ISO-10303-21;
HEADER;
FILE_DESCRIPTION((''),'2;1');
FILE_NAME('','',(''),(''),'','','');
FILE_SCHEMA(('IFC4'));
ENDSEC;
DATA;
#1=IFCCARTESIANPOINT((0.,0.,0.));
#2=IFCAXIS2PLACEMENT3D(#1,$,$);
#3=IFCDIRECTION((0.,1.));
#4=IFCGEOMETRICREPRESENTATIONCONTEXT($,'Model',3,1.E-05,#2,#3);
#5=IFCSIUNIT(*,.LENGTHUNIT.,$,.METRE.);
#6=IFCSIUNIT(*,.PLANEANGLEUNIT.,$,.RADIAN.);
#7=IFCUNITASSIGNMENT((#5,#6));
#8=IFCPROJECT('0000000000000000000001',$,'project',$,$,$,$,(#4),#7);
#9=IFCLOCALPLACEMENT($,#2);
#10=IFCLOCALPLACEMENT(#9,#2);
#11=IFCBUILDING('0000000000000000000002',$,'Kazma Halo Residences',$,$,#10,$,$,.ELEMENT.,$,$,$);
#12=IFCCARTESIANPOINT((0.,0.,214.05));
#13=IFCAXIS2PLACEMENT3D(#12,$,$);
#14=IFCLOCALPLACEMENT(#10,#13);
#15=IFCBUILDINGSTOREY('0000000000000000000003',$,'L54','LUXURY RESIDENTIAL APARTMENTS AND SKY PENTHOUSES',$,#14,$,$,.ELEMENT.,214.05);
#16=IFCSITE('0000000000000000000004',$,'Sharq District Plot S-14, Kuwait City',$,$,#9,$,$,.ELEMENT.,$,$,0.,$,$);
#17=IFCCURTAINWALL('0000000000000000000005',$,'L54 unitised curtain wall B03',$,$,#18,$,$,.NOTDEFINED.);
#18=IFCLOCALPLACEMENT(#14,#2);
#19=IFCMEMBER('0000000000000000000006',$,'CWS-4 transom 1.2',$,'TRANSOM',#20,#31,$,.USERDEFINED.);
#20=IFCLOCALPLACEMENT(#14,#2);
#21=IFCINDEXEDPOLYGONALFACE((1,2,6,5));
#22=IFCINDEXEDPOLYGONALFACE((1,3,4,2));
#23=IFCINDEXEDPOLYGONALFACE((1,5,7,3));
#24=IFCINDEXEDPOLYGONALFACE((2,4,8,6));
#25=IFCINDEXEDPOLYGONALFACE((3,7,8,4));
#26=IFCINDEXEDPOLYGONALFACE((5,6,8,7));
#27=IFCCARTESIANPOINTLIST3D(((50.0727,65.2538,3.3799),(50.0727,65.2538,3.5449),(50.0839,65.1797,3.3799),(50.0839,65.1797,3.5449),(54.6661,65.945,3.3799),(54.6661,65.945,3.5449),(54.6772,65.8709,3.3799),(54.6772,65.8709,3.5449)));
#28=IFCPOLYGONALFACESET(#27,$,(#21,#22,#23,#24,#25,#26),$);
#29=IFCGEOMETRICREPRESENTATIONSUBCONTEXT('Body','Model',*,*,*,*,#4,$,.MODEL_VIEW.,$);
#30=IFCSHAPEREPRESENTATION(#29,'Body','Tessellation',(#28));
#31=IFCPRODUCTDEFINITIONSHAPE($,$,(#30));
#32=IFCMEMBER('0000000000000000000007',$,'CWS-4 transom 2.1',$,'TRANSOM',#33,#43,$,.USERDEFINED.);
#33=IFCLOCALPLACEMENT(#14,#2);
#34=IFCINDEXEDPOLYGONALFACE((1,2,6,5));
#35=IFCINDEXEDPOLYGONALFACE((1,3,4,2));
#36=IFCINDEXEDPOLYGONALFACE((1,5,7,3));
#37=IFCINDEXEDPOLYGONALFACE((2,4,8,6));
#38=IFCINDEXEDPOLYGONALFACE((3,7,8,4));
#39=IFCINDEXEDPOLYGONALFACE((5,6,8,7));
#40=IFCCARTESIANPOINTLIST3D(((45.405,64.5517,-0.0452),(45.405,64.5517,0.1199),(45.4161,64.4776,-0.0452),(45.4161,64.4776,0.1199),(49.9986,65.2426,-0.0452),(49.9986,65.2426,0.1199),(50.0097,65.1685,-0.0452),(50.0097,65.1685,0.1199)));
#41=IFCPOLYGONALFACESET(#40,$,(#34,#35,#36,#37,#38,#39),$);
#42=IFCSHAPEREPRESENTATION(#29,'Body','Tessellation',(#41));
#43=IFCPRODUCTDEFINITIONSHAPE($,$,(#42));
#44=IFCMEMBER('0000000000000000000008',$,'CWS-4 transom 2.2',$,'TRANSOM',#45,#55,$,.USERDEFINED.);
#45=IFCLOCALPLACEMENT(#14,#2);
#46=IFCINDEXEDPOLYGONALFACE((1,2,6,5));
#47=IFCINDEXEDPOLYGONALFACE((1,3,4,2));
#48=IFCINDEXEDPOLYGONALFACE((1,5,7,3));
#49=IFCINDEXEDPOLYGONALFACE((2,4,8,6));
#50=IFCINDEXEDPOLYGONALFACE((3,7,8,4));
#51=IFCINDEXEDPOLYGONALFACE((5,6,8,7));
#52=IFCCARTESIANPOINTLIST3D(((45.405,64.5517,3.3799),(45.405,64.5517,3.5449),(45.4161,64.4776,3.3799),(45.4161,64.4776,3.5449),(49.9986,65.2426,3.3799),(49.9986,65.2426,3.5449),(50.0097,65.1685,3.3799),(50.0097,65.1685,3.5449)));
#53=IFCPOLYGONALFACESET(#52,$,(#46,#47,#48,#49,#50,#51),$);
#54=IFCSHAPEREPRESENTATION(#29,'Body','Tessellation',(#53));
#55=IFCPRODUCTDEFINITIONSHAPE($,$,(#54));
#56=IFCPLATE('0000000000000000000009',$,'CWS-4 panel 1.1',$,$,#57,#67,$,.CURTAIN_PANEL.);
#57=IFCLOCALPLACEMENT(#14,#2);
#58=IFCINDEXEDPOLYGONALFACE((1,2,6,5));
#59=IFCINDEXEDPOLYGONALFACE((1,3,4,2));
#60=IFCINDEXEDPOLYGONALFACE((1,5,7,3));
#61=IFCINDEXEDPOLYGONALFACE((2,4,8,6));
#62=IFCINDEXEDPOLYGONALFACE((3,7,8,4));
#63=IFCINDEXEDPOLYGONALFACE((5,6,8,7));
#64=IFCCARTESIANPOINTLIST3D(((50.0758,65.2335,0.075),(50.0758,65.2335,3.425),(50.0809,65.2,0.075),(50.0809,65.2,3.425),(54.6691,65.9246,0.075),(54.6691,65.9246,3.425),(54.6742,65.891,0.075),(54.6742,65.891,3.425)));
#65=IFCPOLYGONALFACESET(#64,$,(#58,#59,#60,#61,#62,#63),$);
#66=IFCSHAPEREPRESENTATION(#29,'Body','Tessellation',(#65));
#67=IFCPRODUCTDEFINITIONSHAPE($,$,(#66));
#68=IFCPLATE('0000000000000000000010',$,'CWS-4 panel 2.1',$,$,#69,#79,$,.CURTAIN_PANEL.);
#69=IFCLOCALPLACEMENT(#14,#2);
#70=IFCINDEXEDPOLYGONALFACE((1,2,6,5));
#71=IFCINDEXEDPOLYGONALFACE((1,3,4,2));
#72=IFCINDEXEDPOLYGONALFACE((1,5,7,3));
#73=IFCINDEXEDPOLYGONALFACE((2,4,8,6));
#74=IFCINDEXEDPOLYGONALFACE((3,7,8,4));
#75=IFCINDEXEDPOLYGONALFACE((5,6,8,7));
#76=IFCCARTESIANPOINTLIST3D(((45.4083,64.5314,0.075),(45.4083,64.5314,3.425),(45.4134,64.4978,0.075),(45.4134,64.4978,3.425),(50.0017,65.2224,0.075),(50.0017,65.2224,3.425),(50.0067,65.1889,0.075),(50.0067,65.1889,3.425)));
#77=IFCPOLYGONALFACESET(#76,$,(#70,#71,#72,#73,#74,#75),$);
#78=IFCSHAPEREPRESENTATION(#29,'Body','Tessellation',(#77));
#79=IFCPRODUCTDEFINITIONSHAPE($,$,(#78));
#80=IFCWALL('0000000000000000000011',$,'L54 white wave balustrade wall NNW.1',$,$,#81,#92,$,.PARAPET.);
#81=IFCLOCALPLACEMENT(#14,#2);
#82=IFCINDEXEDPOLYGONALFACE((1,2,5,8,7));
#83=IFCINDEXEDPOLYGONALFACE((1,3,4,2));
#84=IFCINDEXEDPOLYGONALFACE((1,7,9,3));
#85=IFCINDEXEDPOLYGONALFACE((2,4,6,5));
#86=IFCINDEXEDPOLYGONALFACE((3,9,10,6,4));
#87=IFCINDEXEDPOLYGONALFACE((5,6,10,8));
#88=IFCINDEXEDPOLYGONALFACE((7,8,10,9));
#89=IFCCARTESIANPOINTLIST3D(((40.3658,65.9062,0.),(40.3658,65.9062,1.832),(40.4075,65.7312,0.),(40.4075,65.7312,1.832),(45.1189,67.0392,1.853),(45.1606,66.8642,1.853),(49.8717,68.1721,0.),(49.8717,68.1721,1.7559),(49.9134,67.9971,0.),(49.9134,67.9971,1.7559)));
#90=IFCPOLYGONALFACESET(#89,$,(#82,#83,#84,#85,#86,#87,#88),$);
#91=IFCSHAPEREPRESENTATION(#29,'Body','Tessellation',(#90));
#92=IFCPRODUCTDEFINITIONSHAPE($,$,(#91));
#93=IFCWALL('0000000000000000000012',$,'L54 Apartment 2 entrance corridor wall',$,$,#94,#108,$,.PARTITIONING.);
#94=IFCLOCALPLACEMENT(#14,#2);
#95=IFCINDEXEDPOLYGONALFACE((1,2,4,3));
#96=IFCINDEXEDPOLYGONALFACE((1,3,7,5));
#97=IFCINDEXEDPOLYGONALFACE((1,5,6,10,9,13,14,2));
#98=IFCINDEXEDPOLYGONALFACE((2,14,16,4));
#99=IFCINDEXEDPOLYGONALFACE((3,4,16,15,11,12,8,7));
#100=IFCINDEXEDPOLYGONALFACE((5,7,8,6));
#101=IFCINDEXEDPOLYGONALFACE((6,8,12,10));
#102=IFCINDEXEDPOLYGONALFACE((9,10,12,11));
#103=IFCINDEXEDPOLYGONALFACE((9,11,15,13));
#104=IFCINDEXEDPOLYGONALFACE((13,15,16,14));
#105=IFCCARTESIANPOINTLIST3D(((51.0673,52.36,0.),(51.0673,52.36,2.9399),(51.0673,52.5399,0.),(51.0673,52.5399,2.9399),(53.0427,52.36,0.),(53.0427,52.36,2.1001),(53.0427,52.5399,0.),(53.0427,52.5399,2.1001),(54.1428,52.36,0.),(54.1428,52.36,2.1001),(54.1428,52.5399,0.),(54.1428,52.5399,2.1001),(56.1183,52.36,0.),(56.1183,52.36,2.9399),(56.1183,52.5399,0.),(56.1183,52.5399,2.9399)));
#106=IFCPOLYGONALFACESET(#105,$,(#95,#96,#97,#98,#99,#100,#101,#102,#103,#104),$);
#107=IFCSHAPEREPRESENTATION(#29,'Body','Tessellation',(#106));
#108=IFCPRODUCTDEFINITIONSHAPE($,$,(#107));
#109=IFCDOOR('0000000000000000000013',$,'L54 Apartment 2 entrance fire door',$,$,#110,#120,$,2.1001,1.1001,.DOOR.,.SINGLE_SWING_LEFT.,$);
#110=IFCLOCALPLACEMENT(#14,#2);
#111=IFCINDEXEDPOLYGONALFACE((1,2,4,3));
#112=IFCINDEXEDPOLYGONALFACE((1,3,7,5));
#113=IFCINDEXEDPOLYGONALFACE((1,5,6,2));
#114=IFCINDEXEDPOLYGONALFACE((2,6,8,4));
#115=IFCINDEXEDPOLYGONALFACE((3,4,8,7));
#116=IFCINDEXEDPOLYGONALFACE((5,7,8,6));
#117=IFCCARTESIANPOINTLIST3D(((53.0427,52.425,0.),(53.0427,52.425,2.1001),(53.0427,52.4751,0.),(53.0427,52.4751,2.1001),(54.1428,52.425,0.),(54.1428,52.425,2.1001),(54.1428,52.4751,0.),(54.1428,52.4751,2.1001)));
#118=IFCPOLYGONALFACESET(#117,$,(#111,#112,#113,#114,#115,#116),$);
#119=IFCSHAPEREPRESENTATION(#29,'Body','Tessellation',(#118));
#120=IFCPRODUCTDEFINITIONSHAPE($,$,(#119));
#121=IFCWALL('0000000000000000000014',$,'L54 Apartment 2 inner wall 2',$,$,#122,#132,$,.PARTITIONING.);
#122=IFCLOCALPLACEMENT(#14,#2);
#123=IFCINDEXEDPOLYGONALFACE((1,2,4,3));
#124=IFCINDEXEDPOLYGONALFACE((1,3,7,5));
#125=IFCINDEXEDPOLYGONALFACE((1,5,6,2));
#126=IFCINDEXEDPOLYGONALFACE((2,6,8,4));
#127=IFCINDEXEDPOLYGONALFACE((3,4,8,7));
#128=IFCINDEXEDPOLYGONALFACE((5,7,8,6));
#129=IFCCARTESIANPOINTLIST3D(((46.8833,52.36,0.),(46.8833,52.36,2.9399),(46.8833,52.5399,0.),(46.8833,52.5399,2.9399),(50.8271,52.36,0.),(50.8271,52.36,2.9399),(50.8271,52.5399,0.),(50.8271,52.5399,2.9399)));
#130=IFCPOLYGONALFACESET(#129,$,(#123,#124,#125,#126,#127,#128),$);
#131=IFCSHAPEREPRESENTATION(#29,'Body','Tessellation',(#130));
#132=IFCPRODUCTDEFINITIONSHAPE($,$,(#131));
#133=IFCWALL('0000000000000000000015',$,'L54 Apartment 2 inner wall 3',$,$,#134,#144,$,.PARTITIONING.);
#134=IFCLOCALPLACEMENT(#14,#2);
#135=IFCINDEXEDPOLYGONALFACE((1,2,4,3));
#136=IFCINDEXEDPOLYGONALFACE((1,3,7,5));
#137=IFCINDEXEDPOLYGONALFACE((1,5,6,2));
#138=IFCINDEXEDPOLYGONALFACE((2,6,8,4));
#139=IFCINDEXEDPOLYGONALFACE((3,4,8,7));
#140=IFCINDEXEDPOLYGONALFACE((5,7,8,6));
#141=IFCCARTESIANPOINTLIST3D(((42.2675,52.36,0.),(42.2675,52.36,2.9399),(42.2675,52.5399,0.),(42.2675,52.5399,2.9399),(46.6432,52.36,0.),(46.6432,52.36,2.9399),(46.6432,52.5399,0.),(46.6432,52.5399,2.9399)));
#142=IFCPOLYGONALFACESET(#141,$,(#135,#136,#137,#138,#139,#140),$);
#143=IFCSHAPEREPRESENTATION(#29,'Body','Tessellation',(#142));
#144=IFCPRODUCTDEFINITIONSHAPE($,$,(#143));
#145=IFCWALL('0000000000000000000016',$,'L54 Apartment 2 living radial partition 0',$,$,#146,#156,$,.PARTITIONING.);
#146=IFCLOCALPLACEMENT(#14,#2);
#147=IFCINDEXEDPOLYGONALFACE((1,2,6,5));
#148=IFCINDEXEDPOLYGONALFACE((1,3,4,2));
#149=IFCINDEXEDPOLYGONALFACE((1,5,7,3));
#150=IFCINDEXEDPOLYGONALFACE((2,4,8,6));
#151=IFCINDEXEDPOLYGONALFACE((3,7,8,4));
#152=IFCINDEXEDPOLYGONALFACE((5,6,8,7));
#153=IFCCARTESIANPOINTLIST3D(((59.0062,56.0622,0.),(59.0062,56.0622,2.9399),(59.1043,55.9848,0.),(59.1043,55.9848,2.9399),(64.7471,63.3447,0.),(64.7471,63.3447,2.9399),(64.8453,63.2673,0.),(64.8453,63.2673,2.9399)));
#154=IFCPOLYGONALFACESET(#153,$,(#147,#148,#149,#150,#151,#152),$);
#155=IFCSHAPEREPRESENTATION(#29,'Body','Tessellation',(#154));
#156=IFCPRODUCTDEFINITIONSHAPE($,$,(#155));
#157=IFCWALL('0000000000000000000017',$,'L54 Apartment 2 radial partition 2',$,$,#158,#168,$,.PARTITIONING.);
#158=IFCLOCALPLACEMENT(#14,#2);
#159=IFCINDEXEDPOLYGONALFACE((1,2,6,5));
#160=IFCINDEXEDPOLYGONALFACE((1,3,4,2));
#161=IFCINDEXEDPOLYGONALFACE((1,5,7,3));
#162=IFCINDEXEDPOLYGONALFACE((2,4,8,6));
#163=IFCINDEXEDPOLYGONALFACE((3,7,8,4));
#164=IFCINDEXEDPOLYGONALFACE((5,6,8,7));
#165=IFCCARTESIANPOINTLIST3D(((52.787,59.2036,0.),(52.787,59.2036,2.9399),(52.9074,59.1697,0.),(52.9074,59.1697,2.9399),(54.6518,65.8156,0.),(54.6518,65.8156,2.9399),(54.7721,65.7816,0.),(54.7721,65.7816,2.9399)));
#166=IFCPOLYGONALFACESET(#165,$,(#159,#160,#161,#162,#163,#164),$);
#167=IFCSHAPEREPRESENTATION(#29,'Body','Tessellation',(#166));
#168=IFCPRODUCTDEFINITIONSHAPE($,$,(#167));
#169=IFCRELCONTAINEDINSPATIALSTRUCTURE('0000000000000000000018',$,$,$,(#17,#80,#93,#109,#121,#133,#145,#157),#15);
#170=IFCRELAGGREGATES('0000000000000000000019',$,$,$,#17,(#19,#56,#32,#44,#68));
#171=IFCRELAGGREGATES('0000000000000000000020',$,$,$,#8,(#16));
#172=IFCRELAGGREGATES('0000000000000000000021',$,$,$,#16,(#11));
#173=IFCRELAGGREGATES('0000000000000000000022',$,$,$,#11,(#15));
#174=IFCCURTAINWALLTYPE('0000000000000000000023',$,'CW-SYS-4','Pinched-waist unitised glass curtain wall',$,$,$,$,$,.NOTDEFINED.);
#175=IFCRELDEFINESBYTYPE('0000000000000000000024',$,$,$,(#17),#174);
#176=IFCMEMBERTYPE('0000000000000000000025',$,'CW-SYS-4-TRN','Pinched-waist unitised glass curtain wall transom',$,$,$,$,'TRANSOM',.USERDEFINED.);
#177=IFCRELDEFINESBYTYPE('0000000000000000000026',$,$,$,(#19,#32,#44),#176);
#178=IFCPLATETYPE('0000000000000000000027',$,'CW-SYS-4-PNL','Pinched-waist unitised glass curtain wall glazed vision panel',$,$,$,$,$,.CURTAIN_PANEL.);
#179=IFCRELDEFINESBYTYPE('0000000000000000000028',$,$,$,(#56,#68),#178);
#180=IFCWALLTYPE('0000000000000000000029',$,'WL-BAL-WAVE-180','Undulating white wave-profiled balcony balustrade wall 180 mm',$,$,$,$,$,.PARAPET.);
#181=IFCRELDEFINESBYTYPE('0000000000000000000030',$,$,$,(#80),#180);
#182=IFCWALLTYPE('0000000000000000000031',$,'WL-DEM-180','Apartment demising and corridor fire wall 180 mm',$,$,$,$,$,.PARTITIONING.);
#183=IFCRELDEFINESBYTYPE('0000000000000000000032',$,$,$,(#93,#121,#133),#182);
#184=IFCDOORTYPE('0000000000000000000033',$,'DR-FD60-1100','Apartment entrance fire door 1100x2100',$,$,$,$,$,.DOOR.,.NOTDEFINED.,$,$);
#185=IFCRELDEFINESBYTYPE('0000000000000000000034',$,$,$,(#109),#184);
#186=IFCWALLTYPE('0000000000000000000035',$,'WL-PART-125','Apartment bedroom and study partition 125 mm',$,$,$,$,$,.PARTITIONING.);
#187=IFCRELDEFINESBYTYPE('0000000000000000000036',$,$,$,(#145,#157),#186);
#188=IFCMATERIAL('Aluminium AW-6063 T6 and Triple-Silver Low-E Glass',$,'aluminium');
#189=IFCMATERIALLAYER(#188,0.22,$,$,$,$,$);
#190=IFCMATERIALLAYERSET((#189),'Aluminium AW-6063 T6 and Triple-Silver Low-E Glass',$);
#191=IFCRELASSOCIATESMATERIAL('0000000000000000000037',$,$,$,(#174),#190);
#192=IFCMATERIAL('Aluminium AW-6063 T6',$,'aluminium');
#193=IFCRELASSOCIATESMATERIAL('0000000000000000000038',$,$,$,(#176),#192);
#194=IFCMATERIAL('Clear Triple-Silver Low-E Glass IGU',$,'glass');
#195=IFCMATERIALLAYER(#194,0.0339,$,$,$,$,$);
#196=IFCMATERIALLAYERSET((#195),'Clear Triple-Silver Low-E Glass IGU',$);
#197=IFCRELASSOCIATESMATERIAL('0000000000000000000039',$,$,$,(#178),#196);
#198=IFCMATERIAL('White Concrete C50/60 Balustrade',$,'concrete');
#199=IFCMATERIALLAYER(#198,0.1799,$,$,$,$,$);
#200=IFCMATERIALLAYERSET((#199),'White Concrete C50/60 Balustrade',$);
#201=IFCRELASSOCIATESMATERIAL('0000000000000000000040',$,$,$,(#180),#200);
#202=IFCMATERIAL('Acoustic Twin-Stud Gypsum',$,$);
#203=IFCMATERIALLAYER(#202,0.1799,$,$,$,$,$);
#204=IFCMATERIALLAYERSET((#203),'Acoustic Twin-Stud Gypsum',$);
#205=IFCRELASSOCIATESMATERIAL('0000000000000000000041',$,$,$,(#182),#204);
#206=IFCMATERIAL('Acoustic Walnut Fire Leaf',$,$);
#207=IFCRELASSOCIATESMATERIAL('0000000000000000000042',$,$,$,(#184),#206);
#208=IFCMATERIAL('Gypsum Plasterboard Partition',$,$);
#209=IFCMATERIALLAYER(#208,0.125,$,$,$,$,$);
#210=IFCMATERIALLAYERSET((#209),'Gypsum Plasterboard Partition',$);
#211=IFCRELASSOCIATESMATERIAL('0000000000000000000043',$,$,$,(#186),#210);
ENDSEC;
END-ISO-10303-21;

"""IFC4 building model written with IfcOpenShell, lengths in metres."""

from ifc_helpers import new_model, si_unit, direction, frame, frame_2d, origin, origin_2d, place, context, subcontext, project, spatial, polyline, rectangle, outline, extrude, material, layer, layer_set, material_profile, profile_set, type_object, element, fill, aggregate, save


model = new_model("IFC4")

# Units and contexts
model_context = context("Model", 3, precision=1e-05, world=origin(), true_north=direction((0.0, 1.0)))
body_context = subcontext(model_context, "Body", "Model", "MODEL_VIEW")
ifc_project = project(units=[si_unit("LENGTHUNIT", "METRE"), si_unit("PLANEANGLEUNIT", "RADIAN")], contexts=[model_context])

# Site, building, storey
site_placement = place(None, origin())
site = spatial("IfcSite", under=ifc_project, at=site_placement, Name="Sharq District Plot S-14, Kuwait City", CompositionType="ELEMENT", RefElevation=0.0)
building_placement = place(site_placement, origin())
building = spatial("IfcBuilding", under=site, at=building_placement, Name="Kazma Halo Residences", CompositionType="ELEMENT")
storey_placement = place(building_placement, frame((0.0, 0.0, 214.05)))
storey = spatial("IfcBuildingStorey", under=building, at=storey_placement, Name="L54", Description="LUXURY RESIDENTIAL APARTMENTS AND SKY PENTHOUSES", CompositionType="ELEMENT", Elevation=214.05)

# Curtain wall, members, plates
ifc_material_1 = material(Name="Aluminium AW-6063 T6 and Triple-Silver Low-E Glass", Category="aluminium")
ifc_layer_1 = layer(ifc_material_1, 0.22)
ifc_layer_set_1 = layer_set([ifc_layer_1], Name="Aluminium AW-6063 T6 and Triple-Silver Low-E Glass")
curtain_wall_type = type_object("IfcCurtainWallType", Name="CW-SYS-4", Description="Pinched-waist unitised glass curtain wall", PredefinedType="NOTDEFINED", material=ifc_layer_set_1)
curtain_wall_placement = place(storey_placement, origin())
curtain_wall = element("IfcCurtainWall", 1, at=curtain_wall_placement, inside=storey, type_object=curtain_wall_type, Name="L54 unitised curtain wall B03", PredefinedType="NOTDEFINED")
ifc_material_2 = material(Name="Aluminium AW-6063 T6", Category="aluminium")
ifc_material_profile_1 = material_profile(ifc_material_2, rectangle(XDim=0.075, YDim=0.165, at=origin_2d()), Name="CWT-75x165")
ifc_profile_set_1 = profile_set([ifc_material_profile_1], Name="Aluminium AW-6063 T6")
member_type_1 = type_object("IfcMemberType", Name="CW-SYS-4-TRN", Description="Pinched-waist unitised glass curtain wall transom", ElementType="TRANSOM", PredefinedType="USERDEFINED", material=ifc_profile_set_1)
member_1_placement = place(storey_placement, frame((54.6716, 65.908, 3.4624), z_axis=(-0.988868, -0.148798, 0.0), x_axis=(0.148798, -0.988868, 0.0)))
member_1 = element("IfcMember", 2, at=member_1_placement, type_object=member_type_1, Name="CWS-4 transom 1.2", ObjectType="TRANSOM", PredefinedType="USERDEFINED", context=body_context, shape_type="SweptSolid", body=[
    extrude(rectangle(XDim=0.075, YDim=0.165, at=origin_2d()), origin(), (0.0, 0.0, 1.0), 4.645),
])
member_2_placement = place(storey_placement, frame((50.0042, 65.2056, 0.0374), z_axis=(-0.988877, -0.148739, 0.0), x_axis=(0.148739, -0.988877, 0.0)))
member_2 = element("IfcMember", 3, at=member_2_placement, type_object=member_type_1, Name="CWS-4 transom 2.1", ObjectType="TRANSOM", PredefinedType="USERDEFINED", context=body_context, shape_type="SweptSolid", body=[
    extrude(rectangle(XDim=0.075, YDim=0.165, at=origin_2d()), origin(), (0.0, 0.0, 1.0), 4.6453),
])
member_3_placement = place(storey_placement, frame((50.0042, 65.2056, 3.4624), z_axis=(-0.988877, -0.148739, 0.0), x_axis=(0.148739, -0.988877, 0.0)))
member_3 = element("IfcMember", 4, at=member_3_placement, type_object=member_type_1, Name="CWS-4 transom 2.2", ObjectType="TRANSOM", PredefinedType="USERDEFINED", context=body_context, shape_type="SweptSolid", body=[
    extrude(rectangle(XDim=0.075, YDim=0.165, at=origin_2d()), origin(), (0.0, 0.0, 1.0), 4.6453),
])
ifc_material_3 = material(Name="Clear Triple-Silver Low-E Glass IGU", Category="glass")
ifc_layer_2 = layer(ifc_material_3, 0.0339)
ifc_layer_set_2 = layer_set([ifc_layer_2], Name="Clear Triple-Silver Low-E Glass IGU")
plate_type = type_object("IfcPlateType", Name="CW-SYS-4-PNL", Description="Pinched-waist unitised glass curtain wall glazed vision panel", PredefinedType="CURTAIN_PANEL", material=ifc_layer_set_2)
plate_1_placement = place(storey_placement, frame((52.375, 65.5623, 0.075), z_axis=(0.0, 0.0, 1.0), x_axis=(-0.988871, -0.148773, 0.0)))
plate_1 = element("IfcPlate", 5, at=plate_1_placement, type_object=plate_type, Name="CWS-4 panel 1.1", PredefinedType="CURTAIN_PANEL", context=body_context, shape_type="SweptSolid", body=[
    extrude(rectangle(XDim=4.645, YDim=0.0339, at=origin_2d()), origin(), (0.0, 0.0, 1.0), 3.3501),
])
plate_2_placement = place(storey_placement, frame((47.7075, 64.8601, 0.075), z_axis=(0.0, 0.0, 1.0), x_axis=(-0.988871, -0.148773, 0.0)))
plate_2 = element("IfcPlate", 6, at=plate_2_placement, type_object=plate_type, Name="CWS-4 panel 2.1", PredefinedType="CURTAIN_PANEL", context=body_context, shape_type="SweptSolid", body=[
    extrude(rectangle(XDim=4.645, YDim=0.0339, at=origin_2d()), origin(), (0.0, 0.0, 1.0), 3.3501),
])
aggregate(curtain_wall, [member_1, plate_1, member_2, member_3, plate_2])

# Wall
ifc_material_4 = material(Name="White Concrete C50/60 Balustrade", Category="concrete")
ifc_layer_3 = layer(ifc_material_4, 0.1799)
ifc_layer_set_3 = layer_set([ifc_layer_3], Name="White Concrete C50/60 Balustrade")
wall_type_1 = type_object("IfcWallType", Name="WL-BAL-WAVE-180", Description="Undulating white wave-profiled balcony balustrade wall 180 mm", PredefinedType="PARAPET", material=ifc_layer_set_3)
wall_1_placement = place(storey_placement, frame((49.8926, 68.0845, 0.0), z_axis=(0.0, 0.0, 1.0), x_axis=(-0.972747, -0.231869, 0.0)))
element("IfcWall", 7, at=wall_1_placement, inside=storey, type_object=wall_type_1, Name="L54 white wave balustrade wall NNW.1", PredefinedType="PARAPET", context=body_context, shape_type="SweptSolid", body=[
    extrude(outline(polyline([(0.0, 0.0), (9.7722, 0.0), (9.7722, 1.832), (4.886, 1.853), (0.0, 1.7559), (0.0, 0.0)])), frame((0.0, 0.0898, 0.0), z_axis=(0.0, -1.0, 0.0), x_axis=(1.0, 0.0, 0.0)), (0.0, 0.0, 1.0), 0.1799),
])

# Wall, opening, door
ifc_material_5 = material(Name="Acoustic Twin-Stud Gypsum")
ifc_layer_4 = layer(ifc_material_5, 0.1799)
ifc_layer_set_4 = layer_set([ifc_layer_4], Name="Acoustic Twin-Stud Gypsum")
wall_type_2 = type_object("IfcWallType", Name="WL-DEM-180", Description="Apartment demising and corridor fire wall 180 mm", PredefinedType="PARTITIONING", material=ifc_layer_set_4)
wall_2_placement = place(storey_placement, frame((56.1182, 52.45, 0.0), z_axis=(0.0, 0.0, 1.0), x_axis=(-1.0, 0.0, 0.0)))
wall_2 = element("IfcWall", 8, at=wall_2_placement, inside=storey, type_object=wall_type_2, Name="L54 Apartment 2 entrance corridor wall", PredefinedType="PARTITIONING", context=body_context, shape_type="SweptSolid", body=[
    extrude(rectangle(XDim=5.051, YDim=0.1799, at=frame_2d((2.5254, 0.0))), origin(), (0.0, 0.0, 1.0), 2.9399),
])
opening_1_placement = place(wall_2_placement, frame((1.9753, 0.0, 0.0)))
opening_1 = element("IfcOpeningElement", 9, at=opening_1_placement, cuts=wall_2, PredefinedType="OPENING", context=body_context, shape_type="SweptSolid", body=[
    extrude(rectangle(XDim=1.1001, YDim=2.1001, at=frame_2d((0.55, 1.05))), frame((0.0, 0.0999, 0.0), z_axis=(0.0, -1.0, 0.0), x_axis=(1.0, 0.0, 0.0)), (0.0, 0.0, 1.0), 0.2),
])
ifc_material_6 = material(Name="Acoustic Walnut Fire Leaf")
door_type_1 = type_object("IfcDoorType", Name="DR-FD60-1100", Description="Apartment entrance fire door 1100x2100", OperationType="NOTDEFINED", PredefinedType="DOOR", material=ifc_material_6)
door_1_placement = place(opening_1_placement, origin())
door_1 = element("IfcDoor", 10, at=door_1_placement, inside=storey, type_object=door_type_1, Name="L54 Apartment 2 entrance fire door", OperationType="SINGLE_SWING_LEFT", OverallHeight=2.1001, OverallWidth=1.1001, PredefinedType="DOOR", context=body_context, shape_type="SweptSolid", body=[
    extrude(rectangle(XDim=1.1001, YDim=2.1001, at=frame_2d((0.55, 1.05))), frame((0.0, 0.0249, 0.0), z_axis=(0.0, -1.0, 0.0), x_axis=(1.0, 0.0, 0.0)), (0.0, 0.0, 1.0), 0.05),
])
fill(opening_1, door_1)

# Walls
wall_3_placement = place(storey_placement, frame((50.8271, 52.45, 0.0), z_axis=(0.0, 0.0, 1.0), x_axis=(-1.0, 0.0, 0.0)))
element("IfcWall", 11, at=wall_3_placement, inside=storey, type_object=wall_type_2, Name="L54 Apartment 2 inner wall 2", PredefinedType="PARTITIONING", context=body_context, shape_type="SweptSolid", body=[
    extrude(rectangle(XDim=3.9438, YDim=0.1799, at=frame_2d((1.9719, 0.0))), origin(), (0.0, 0.0, 1.0), 2.9399),
])
wall_4_placement = place(storey_placement, frame((46.6433, 52.45, 0.0), z_axis=(0.0, 0.0, 1.0), x_axis=(-1.0, 0.0, 0.0)))
element("IfcWall", 12, at=wall_4_placement, inside=storey, type_object=wall_type_2, Name="L54 Apartment 2 inner wall 3", PredefinedType="PARTITIONING", context=body_context, shape_type="SweptSolid", body=[
    extrude(rectangle(XDim=4.3757, YDim=0.1799, at=frame_2d((2.188, 0.0))), origin(), (0.0, 0.0, 1.0), 2.9399),
])
ifc_material_7 = material(Name="Gypsum Plasterboard Partition")
ifc_layer_5 = layer(ifc_material_7, 0.125)
ifc_layer_set_5 = layer_set([ifc_layer_5], Name="Gypsum Plasterboard Partition")
wall_type_3 = type_object("IfcWallType", Name="WL-PART-125", Description="Apartment bedroom and study partition 125 mm", PredefinedType="PARTITIONING", material=ifc_layer_set_5)
wall_5_placement = place(storey_placement, frame((59.0552, 56.0234, 0.0), z_axis=(0.0, 0.0, 1.0), x_axis=(0.619089, 0.785321, 0.0)))
element("IfcWall", 13, at=wall_5_placement, inside=storey, type_object=wall_type_3, Name="L54 Apartment 2 living radial partition 0", PredefinedType="PARTITIONING", context=body_context, shape_type="SweptSolid", body=[
    extrude(rectangle(XDim=9.2732, YDim=0.125, at=frame_2d((4.6367, 0.0))), origin(), (0.0, 0.0, 1.0), 2.9399),
])
wall_6_placement = place(storey_placement, frame((52.8472, 59.1865, 0.0), z_axis=(0.0, 0.0, 1.0), x_axis=(0.271434, 0.962457, 0.0)))
element("IfcWall", 14, at=wall_6_placement, inside=storey, type_object=wall_type_3, Name="L54 Apartment 2 radial partition 2", PredefinedType="PARTITIONING", context=body_context, shape_type="SweptSolid", body=[
    extrude(rectangle(XDim=6.8699, YDim=0.125, at=frame_2d((3.4351, 0.0))), origin(), (0.0, 0.0, 1.0), 2.9399),
])

save(model, "model.ifc")
